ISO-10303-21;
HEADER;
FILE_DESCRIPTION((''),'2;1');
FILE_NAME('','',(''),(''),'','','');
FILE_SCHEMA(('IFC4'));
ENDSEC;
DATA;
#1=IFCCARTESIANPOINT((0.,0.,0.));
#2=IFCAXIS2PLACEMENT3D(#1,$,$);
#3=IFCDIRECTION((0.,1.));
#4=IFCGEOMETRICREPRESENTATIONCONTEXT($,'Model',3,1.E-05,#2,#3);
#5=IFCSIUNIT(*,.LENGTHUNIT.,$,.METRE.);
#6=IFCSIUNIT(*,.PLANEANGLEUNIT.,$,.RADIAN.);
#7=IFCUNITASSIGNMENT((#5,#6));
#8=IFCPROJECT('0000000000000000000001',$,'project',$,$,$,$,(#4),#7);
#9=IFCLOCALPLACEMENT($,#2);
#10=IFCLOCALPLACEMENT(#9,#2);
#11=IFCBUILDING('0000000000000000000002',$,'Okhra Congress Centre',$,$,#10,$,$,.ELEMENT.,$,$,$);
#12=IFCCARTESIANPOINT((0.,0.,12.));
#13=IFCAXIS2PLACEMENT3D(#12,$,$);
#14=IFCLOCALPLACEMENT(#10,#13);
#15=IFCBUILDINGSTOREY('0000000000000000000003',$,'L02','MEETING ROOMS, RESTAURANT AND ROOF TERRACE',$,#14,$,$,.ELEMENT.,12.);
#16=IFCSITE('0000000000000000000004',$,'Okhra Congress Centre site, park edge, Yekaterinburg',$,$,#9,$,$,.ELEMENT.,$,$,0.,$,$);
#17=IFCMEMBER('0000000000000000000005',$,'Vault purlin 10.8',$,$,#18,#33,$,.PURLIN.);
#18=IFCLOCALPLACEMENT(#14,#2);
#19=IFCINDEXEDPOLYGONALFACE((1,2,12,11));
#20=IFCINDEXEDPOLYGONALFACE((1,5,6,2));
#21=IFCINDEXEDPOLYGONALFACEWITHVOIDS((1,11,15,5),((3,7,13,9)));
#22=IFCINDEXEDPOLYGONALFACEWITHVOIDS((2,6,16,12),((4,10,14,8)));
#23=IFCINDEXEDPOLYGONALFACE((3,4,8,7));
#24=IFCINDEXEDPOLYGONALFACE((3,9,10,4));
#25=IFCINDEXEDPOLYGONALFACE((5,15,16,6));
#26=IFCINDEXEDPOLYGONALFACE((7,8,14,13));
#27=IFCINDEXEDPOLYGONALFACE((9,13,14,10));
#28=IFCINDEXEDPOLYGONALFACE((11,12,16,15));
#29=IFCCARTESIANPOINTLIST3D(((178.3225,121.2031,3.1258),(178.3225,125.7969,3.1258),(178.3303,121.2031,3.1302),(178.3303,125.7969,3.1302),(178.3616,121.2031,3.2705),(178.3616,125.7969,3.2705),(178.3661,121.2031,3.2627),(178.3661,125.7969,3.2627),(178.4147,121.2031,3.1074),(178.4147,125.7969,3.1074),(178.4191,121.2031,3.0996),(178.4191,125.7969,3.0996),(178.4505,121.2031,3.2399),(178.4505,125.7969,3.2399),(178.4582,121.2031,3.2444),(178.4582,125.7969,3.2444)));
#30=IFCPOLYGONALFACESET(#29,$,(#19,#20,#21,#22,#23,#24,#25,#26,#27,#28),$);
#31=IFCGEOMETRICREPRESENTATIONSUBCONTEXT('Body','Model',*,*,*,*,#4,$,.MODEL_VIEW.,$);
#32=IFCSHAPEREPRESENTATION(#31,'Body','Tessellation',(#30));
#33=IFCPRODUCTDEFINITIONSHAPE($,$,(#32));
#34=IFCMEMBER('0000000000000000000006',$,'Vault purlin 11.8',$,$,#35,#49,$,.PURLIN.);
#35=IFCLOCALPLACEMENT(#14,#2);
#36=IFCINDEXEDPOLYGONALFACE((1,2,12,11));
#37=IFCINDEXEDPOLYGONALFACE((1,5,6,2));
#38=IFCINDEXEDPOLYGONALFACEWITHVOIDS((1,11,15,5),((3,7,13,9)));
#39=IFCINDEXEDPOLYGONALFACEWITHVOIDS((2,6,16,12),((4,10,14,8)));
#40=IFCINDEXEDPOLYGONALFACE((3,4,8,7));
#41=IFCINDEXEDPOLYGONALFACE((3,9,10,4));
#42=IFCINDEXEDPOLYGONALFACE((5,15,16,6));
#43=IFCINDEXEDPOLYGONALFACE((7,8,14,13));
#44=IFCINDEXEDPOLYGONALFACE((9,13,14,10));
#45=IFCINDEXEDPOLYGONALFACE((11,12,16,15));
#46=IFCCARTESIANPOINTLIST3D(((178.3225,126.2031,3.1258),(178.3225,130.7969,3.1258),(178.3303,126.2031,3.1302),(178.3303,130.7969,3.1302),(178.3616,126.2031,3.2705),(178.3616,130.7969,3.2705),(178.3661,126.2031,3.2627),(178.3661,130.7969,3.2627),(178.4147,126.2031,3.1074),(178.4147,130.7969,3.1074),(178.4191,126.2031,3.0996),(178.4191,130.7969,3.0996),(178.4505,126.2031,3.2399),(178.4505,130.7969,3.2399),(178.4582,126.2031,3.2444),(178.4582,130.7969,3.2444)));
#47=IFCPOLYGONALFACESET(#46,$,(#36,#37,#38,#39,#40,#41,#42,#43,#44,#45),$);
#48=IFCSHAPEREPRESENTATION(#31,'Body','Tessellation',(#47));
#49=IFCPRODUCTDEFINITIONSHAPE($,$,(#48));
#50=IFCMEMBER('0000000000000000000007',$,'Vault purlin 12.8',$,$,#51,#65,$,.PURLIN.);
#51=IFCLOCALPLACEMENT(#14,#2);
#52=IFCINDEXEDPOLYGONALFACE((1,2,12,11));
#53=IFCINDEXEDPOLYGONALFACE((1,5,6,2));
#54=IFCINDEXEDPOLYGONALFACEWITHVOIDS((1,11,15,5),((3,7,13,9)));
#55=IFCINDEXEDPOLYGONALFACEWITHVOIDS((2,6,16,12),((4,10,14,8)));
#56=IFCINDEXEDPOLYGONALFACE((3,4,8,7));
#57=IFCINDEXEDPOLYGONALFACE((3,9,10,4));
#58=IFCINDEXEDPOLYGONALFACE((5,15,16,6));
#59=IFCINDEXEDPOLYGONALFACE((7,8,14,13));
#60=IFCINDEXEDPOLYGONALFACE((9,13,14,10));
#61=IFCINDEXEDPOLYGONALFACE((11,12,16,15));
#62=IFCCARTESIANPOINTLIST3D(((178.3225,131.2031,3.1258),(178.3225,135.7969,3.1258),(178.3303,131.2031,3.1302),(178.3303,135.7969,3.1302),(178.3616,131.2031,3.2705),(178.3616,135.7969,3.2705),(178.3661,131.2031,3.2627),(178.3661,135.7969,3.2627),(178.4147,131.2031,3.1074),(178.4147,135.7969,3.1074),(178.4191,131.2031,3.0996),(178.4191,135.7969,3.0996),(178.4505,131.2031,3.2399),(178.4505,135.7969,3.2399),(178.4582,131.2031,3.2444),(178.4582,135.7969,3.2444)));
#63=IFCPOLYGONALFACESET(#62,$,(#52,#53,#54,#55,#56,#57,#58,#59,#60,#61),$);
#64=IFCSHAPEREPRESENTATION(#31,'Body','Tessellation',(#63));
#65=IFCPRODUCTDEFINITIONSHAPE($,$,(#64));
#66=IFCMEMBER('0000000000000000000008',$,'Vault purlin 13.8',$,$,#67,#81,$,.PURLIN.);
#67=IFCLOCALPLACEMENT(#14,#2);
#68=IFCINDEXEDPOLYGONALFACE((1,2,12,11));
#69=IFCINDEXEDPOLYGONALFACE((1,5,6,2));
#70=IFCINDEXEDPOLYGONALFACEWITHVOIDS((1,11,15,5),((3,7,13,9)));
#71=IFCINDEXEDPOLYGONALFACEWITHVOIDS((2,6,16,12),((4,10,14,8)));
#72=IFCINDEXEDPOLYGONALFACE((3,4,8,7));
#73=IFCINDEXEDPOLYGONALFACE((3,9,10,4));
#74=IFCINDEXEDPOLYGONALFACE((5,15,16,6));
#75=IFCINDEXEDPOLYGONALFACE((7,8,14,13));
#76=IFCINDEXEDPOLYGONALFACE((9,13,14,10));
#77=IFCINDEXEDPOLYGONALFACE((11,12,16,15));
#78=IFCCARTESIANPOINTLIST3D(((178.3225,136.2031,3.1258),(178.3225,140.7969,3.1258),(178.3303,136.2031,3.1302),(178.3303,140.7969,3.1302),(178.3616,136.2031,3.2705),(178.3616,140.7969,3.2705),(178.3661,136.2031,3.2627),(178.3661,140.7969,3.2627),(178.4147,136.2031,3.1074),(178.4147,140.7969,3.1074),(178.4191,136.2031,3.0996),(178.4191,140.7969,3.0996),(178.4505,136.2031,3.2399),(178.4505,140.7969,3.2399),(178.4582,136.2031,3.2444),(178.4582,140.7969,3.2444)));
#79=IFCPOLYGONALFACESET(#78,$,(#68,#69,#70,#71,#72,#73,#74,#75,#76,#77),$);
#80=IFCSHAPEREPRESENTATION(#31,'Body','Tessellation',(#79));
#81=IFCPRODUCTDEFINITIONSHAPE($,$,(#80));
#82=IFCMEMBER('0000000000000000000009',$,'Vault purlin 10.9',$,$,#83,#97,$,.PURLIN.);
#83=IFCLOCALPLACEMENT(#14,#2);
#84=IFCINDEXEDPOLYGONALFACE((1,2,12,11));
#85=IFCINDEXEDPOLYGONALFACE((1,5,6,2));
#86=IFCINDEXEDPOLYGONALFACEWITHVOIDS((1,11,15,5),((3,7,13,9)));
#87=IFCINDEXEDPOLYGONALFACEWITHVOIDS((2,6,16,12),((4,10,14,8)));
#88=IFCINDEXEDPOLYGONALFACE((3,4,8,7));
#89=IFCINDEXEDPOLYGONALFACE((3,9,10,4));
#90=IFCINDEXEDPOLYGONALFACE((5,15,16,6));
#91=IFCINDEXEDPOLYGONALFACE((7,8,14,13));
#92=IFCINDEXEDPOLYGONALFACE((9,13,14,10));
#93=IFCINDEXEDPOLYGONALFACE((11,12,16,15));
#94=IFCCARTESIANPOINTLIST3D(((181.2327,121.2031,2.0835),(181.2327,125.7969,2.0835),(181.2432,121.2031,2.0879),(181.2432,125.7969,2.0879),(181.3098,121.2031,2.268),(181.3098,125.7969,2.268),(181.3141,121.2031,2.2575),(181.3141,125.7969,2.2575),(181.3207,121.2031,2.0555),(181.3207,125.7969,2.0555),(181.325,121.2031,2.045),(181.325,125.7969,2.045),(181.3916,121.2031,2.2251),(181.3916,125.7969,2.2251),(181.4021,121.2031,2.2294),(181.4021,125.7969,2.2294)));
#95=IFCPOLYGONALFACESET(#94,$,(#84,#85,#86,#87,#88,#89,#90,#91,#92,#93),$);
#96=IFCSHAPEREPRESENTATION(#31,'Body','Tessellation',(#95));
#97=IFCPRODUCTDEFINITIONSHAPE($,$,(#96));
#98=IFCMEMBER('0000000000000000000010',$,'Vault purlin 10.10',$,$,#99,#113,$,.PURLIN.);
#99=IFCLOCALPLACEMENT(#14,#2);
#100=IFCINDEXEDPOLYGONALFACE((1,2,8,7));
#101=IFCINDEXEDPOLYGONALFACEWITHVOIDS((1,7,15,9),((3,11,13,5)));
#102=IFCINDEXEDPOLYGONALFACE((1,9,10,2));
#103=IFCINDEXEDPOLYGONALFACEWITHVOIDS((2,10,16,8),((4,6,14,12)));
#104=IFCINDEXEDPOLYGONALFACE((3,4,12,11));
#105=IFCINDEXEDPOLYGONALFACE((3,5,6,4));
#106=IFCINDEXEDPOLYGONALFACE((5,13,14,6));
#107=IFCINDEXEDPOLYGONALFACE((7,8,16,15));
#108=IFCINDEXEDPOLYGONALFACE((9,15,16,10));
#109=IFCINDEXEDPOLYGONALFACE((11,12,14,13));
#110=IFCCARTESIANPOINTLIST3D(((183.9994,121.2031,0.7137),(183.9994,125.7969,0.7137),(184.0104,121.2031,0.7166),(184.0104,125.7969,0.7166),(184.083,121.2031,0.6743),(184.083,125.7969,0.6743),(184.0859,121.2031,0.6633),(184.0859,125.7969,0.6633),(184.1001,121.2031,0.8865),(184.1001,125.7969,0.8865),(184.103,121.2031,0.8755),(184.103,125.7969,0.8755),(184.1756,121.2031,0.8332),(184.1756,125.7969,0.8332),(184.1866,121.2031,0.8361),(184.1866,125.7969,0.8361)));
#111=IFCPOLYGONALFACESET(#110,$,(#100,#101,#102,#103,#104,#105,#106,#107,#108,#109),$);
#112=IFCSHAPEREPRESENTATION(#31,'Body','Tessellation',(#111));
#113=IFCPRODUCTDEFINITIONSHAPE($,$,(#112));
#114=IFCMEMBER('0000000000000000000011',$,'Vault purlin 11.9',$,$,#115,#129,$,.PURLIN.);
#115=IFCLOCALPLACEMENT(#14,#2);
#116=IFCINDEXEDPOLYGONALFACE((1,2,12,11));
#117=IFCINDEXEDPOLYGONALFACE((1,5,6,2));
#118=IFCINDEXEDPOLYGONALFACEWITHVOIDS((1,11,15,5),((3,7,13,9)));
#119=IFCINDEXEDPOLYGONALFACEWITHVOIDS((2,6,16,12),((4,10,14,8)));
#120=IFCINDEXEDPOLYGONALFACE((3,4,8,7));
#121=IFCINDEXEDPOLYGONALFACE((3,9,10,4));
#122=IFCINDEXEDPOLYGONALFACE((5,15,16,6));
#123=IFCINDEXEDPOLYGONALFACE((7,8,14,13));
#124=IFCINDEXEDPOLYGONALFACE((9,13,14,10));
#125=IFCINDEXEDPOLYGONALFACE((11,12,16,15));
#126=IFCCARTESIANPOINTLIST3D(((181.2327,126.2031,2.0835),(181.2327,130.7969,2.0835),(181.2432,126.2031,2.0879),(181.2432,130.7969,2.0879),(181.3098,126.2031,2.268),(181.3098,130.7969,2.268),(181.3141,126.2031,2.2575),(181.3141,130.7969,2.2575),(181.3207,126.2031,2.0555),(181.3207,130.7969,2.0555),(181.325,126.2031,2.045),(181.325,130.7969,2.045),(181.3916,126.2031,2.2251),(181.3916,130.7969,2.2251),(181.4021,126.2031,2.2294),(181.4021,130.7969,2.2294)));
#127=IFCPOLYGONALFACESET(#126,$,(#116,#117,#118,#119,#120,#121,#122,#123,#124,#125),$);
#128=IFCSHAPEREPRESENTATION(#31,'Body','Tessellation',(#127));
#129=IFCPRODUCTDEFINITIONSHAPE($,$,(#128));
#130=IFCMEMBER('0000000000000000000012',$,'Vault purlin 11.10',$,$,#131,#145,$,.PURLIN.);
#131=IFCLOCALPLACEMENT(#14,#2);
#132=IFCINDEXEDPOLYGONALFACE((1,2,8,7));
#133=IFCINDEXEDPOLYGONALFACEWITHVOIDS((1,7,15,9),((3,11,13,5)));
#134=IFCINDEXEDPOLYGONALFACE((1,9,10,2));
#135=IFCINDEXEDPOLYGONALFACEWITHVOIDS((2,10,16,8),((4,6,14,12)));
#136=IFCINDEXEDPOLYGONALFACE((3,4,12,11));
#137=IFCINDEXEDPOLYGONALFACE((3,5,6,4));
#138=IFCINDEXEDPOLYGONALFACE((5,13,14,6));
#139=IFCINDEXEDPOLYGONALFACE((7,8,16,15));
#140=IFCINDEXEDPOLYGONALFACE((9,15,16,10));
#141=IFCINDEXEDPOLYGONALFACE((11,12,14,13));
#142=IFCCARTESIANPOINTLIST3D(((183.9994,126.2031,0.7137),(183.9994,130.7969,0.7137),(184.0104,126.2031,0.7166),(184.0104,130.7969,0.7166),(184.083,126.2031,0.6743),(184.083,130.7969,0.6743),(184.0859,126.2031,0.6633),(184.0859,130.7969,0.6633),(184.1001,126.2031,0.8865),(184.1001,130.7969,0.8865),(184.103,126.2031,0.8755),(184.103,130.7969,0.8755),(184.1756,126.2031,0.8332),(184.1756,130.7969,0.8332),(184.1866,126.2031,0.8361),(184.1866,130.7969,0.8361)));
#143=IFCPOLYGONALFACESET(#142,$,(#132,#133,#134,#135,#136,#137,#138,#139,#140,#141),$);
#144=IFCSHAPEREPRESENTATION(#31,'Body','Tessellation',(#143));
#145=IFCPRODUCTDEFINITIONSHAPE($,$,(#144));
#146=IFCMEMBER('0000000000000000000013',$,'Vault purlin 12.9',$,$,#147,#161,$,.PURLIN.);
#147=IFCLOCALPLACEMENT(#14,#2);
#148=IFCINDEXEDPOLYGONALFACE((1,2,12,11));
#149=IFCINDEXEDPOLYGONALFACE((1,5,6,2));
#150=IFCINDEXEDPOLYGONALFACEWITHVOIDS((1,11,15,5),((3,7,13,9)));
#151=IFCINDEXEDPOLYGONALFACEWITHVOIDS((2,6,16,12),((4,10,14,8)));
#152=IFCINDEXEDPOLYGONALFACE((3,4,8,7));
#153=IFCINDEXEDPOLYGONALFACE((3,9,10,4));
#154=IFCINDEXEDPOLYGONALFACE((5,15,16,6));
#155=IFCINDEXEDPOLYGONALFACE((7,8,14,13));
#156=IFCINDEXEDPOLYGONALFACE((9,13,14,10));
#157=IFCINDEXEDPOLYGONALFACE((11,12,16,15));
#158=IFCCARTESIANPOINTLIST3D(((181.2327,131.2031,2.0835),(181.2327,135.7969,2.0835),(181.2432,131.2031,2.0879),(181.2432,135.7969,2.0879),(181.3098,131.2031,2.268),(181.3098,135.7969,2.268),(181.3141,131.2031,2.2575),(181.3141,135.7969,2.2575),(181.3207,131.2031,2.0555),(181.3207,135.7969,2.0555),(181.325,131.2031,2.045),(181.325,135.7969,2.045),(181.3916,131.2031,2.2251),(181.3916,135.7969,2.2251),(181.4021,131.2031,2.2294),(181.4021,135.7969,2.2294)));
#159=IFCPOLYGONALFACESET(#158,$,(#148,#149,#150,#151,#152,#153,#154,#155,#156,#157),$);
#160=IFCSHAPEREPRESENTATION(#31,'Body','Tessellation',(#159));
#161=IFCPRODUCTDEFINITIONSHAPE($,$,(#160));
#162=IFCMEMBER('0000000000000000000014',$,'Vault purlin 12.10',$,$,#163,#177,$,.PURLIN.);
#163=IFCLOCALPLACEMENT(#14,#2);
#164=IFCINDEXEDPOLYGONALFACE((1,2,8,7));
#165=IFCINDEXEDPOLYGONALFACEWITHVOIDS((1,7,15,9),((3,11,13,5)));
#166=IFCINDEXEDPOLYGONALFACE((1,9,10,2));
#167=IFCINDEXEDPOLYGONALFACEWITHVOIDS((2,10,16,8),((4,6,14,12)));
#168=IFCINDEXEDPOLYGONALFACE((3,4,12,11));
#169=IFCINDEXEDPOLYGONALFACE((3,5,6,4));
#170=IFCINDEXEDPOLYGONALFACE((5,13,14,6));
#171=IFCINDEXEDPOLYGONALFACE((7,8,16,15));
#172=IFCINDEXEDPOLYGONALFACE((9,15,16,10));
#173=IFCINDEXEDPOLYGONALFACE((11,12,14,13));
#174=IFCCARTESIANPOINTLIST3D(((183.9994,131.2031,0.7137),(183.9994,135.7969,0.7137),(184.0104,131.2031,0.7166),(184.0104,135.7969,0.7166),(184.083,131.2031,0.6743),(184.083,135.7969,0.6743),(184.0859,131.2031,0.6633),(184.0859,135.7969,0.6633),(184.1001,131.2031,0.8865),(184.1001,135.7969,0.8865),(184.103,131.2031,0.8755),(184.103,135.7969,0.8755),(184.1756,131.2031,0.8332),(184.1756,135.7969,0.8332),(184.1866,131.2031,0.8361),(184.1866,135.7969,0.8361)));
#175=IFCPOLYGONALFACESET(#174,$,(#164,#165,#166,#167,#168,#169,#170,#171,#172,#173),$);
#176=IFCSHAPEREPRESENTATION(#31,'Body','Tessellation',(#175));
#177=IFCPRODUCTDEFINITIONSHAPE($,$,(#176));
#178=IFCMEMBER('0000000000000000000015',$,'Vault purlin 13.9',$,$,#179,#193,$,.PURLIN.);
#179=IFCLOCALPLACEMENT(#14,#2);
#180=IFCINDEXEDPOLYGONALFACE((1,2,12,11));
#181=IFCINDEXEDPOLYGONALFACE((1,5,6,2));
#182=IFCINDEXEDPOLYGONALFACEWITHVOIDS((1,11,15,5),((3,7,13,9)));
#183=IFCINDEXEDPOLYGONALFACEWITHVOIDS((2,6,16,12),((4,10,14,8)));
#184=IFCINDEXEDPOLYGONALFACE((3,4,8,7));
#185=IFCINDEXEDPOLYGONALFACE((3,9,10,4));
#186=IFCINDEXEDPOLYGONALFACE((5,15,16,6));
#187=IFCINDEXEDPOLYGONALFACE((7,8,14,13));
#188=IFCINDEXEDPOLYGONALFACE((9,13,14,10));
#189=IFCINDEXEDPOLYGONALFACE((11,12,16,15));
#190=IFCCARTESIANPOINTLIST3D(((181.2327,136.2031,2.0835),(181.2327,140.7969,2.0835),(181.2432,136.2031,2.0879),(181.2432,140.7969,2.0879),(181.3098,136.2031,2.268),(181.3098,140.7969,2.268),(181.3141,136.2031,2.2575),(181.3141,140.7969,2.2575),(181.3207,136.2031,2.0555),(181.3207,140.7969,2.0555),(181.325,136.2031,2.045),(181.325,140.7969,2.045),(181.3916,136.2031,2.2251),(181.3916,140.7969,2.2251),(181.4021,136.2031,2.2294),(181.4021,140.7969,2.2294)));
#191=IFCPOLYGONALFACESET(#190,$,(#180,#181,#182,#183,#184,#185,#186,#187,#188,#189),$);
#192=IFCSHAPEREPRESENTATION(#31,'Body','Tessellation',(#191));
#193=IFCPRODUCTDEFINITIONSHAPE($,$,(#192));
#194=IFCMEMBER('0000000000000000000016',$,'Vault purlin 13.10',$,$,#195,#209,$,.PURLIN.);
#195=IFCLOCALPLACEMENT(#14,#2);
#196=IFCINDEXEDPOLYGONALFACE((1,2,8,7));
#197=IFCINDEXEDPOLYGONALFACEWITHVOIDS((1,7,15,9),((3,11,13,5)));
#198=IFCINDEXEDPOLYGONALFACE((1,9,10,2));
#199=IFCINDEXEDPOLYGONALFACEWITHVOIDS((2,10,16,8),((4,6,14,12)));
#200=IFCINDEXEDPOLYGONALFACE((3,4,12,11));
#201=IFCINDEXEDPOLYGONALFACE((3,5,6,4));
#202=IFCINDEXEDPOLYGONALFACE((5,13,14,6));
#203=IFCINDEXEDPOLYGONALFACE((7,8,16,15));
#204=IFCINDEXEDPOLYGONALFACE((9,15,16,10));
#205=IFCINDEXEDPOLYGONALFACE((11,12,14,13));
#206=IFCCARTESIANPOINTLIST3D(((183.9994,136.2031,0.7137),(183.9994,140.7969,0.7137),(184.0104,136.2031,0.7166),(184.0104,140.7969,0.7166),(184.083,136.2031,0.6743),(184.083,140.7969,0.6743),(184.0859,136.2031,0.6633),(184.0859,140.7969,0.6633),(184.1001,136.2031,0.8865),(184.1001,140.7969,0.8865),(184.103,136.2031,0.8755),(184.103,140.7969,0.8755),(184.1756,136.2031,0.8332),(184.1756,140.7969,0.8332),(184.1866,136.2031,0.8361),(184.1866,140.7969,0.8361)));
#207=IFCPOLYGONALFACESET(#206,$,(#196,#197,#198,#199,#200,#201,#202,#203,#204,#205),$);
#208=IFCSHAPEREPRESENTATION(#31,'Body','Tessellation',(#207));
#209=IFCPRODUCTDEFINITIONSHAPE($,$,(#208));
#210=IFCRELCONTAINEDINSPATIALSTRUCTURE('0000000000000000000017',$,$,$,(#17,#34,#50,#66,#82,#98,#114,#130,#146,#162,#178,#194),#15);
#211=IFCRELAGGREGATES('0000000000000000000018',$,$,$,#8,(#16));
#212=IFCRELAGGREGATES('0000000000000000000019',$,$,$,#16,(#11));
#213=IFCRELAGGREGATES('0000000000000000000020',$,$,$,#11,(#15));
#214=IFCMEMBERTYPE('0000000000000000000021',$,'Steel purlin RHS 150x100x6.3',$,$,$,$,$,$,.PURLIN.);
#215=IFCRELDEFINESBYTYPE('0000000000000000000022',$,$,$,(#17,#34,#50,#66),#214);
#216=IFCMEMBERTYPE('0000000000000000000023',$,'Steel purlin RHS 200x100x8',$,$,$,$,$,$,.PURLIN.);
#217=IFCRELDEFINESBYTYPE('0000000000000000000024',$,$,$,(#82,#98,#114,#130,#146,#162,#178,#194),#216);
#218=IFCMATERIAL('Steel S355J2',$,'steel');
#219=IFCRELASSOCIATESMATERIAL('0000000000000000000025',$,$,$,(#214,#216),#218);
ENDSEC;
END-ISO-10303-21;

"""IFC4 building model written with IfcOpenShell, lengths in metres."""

from ifc_helpers import new_model, si_unit, direction, frame, origin, origin_2d, place, context, subcontext, project, spatial, hollow_rectangle, extrude, material, material_profile, profile_set, type_object, element, save


model = new_model("IFC4")

# Units and contexts
model_context = context("Model", 3, precision=1e-05, world=origin(), true_north=direction((0.0, 1.0)))
body_context = subcontext(model_context, "Body", "Model", "MODEL_VIEW")
ifc_project = project(units=[si_unit("LENGTHUNIT", "METRE"), si_unit("PLANEANGLEUNIT", "RADIAN")], contexts=[model_context])

# Site, building, storey
site_placement = place(None, origin())
site = spatial("IfcSite", under=ifc_project, at=site_placement, Name="Okhra Congress Centre site, park edge, Yekaterinburg", CompositionType="ELEMENT", RefElevation=0.0)
building_placement = place(site_placement, origin())
building = spatial("IfcBuilding", under=site, at=building_placement, Name="Okhra Congress Centre", CompositionType="ELEMENT")
storey_placement = place(building_placement, frame((0.0, 0.0, 12.0)))
storey = spatial("IfcBuildingStorey", under=building, at=storey_placement, Name="L02", Description="MEETING ROOMS, RESTAURANT AND ROOF TERRACE", CompositionType="ELEMENT", Elevation=12.0)

# Members
ifc_material_1 = material(Name="Steel S355J2", Category="steel")
ifc_material_profile_1 = material_profile(ifc_material_1, hollow_rectangle(XDim=0.1001, YDim=0.1499, WallThickness=0.0063, at=origin_2d()), Name="RHS 150x100x6.3")
ifc_profile_set_1 = profile_set([ifc_material_profile_1], Name="Steel S355J2")
member_type_1 = type_object("IfcMemberType", Name="Steel purlin RHS 150x100x6.3", PredefinedType="PURLIN", material=ifc_profile_set_1)
for number, where, z_axis, x_axis, name in (
    (1, (178.3904, 121.2031, 3.1851), (0.0, 1.0, 0.0), (-0.96538, 0.0, 0.260848), "Vault purlin 10.8"),
    (2, (178.3904, 126.2031, 3.1851), (0.0, 1.0, 0.0), (-0.96538, 0.0, 0.260848), "Vault purlin 11.8"),
    (3, (178.3904, 131.2031, 3.1851), (0.0, 1.0, 0.0), (-0.96538, 0.0, 0.260848), "Vault purlin 12.8"),
    (4, (178.3904, 136.2031, 3.1851), (0.0, 1.0, 0.0), (-0.96538, 0.0, 0.260848), "Vault purlin 13.8"),
):
    element("IfcMember", number, at=place(storey_placement, frame(where, z_axis=z_axis, x_axis=x_axis)), inside=storey, type_object=member_type_1, Name=name, PredefinedType="PURLIN", context=body_context, shape_type="SweptSolid", body=[
        extrude(hollow_rectangle(XDim=0.1001, YDim=0.1499, WallThickness=0.0063, at=origin_2d()), origin(), (0.0, 0.0, 1.0), 4.5938),
    ])
ifc_material_profile_2 = material_profile(ifc_material_1, hollow_rectangle(XDim=0.1001, YDim=0.2, WallThickness=0.0081, at=origin_2d()), Name="RHS 200x100x8")
ifc_profile_set_2 = profile_set([ifc_material_profile_2], Name="Steel S355J2")
member_type_2 = type_object("IfcMemberType", Name="Steel purlin RHS 200x100x8", PredefinedType="PURLIN", material=ifc_profile_set_2)
for number, where, z_axis, x_axis, name in (
    (5, (181.3174, 121.2031, 2.1565), (0.0, 1.0, 0.0), (-0.922669, 0.0, 0.385593), "Vault purlin 10.9"),
    (6, (184.093, 121.2031, 0.7749), (0.0, 1.0, 0.0), (-0.863917, 0.0, 0.503634), "Vault purlin 10.10"),
    (7, (181.3174, 126.2031, 2.1565), (0.0, 1.0, 0.0), (-0.922669, 0.0, 0.385593), "Vault purlin 11.9"),
    (8, (184.093, 126.2031, 0.7749), (0.0, 1.0, 0.0), (-0.863917, 0.0, 0.503634), "Vault purlin 11.10"),
    (9, (181.3174, 131.2031, 2.1565), (0.0, 1.0, 0.0), (-0.922669, 0.0, 0.385593), "Vault purlin 12.9"),
    (10, (184.093, 131.2031, 0.7749), (0.0, 1.0, 0.0), (-0.863917, 0.0, 0.503634), "Vault purlin 12.10"),
    (11, (181.3174, 136.2031, 2.1565), (0.0, 1.0, 0.0), (-0.922669, 0.0, 0.385593), "Vault purlin 13.9"),
    (12, (184.093, 136.2031, 0.7749), (0.0, 1.0, 0.0), (-0.863917, 0.0, 0.503634), "Vault purlin 13.10"),
):
    element("IfcMember", number, at=place(storey_placement, frame(where, z_axis=z_axis, x_axis=x_axis)), inside=storey, type_object=member_type_2, Name=name, PredefinedType="PURLIN", context=body_context, shape_type="SweptSolid", body=[
        extrude(hollow_rectangle(XDim=0.1001, YDim=0.2, WallThickness=0.0081, at=origin_2d()), origin(), (0.0, 0.0, 1.0), 4.5938),
    ])

save(model, "model.ifc")
